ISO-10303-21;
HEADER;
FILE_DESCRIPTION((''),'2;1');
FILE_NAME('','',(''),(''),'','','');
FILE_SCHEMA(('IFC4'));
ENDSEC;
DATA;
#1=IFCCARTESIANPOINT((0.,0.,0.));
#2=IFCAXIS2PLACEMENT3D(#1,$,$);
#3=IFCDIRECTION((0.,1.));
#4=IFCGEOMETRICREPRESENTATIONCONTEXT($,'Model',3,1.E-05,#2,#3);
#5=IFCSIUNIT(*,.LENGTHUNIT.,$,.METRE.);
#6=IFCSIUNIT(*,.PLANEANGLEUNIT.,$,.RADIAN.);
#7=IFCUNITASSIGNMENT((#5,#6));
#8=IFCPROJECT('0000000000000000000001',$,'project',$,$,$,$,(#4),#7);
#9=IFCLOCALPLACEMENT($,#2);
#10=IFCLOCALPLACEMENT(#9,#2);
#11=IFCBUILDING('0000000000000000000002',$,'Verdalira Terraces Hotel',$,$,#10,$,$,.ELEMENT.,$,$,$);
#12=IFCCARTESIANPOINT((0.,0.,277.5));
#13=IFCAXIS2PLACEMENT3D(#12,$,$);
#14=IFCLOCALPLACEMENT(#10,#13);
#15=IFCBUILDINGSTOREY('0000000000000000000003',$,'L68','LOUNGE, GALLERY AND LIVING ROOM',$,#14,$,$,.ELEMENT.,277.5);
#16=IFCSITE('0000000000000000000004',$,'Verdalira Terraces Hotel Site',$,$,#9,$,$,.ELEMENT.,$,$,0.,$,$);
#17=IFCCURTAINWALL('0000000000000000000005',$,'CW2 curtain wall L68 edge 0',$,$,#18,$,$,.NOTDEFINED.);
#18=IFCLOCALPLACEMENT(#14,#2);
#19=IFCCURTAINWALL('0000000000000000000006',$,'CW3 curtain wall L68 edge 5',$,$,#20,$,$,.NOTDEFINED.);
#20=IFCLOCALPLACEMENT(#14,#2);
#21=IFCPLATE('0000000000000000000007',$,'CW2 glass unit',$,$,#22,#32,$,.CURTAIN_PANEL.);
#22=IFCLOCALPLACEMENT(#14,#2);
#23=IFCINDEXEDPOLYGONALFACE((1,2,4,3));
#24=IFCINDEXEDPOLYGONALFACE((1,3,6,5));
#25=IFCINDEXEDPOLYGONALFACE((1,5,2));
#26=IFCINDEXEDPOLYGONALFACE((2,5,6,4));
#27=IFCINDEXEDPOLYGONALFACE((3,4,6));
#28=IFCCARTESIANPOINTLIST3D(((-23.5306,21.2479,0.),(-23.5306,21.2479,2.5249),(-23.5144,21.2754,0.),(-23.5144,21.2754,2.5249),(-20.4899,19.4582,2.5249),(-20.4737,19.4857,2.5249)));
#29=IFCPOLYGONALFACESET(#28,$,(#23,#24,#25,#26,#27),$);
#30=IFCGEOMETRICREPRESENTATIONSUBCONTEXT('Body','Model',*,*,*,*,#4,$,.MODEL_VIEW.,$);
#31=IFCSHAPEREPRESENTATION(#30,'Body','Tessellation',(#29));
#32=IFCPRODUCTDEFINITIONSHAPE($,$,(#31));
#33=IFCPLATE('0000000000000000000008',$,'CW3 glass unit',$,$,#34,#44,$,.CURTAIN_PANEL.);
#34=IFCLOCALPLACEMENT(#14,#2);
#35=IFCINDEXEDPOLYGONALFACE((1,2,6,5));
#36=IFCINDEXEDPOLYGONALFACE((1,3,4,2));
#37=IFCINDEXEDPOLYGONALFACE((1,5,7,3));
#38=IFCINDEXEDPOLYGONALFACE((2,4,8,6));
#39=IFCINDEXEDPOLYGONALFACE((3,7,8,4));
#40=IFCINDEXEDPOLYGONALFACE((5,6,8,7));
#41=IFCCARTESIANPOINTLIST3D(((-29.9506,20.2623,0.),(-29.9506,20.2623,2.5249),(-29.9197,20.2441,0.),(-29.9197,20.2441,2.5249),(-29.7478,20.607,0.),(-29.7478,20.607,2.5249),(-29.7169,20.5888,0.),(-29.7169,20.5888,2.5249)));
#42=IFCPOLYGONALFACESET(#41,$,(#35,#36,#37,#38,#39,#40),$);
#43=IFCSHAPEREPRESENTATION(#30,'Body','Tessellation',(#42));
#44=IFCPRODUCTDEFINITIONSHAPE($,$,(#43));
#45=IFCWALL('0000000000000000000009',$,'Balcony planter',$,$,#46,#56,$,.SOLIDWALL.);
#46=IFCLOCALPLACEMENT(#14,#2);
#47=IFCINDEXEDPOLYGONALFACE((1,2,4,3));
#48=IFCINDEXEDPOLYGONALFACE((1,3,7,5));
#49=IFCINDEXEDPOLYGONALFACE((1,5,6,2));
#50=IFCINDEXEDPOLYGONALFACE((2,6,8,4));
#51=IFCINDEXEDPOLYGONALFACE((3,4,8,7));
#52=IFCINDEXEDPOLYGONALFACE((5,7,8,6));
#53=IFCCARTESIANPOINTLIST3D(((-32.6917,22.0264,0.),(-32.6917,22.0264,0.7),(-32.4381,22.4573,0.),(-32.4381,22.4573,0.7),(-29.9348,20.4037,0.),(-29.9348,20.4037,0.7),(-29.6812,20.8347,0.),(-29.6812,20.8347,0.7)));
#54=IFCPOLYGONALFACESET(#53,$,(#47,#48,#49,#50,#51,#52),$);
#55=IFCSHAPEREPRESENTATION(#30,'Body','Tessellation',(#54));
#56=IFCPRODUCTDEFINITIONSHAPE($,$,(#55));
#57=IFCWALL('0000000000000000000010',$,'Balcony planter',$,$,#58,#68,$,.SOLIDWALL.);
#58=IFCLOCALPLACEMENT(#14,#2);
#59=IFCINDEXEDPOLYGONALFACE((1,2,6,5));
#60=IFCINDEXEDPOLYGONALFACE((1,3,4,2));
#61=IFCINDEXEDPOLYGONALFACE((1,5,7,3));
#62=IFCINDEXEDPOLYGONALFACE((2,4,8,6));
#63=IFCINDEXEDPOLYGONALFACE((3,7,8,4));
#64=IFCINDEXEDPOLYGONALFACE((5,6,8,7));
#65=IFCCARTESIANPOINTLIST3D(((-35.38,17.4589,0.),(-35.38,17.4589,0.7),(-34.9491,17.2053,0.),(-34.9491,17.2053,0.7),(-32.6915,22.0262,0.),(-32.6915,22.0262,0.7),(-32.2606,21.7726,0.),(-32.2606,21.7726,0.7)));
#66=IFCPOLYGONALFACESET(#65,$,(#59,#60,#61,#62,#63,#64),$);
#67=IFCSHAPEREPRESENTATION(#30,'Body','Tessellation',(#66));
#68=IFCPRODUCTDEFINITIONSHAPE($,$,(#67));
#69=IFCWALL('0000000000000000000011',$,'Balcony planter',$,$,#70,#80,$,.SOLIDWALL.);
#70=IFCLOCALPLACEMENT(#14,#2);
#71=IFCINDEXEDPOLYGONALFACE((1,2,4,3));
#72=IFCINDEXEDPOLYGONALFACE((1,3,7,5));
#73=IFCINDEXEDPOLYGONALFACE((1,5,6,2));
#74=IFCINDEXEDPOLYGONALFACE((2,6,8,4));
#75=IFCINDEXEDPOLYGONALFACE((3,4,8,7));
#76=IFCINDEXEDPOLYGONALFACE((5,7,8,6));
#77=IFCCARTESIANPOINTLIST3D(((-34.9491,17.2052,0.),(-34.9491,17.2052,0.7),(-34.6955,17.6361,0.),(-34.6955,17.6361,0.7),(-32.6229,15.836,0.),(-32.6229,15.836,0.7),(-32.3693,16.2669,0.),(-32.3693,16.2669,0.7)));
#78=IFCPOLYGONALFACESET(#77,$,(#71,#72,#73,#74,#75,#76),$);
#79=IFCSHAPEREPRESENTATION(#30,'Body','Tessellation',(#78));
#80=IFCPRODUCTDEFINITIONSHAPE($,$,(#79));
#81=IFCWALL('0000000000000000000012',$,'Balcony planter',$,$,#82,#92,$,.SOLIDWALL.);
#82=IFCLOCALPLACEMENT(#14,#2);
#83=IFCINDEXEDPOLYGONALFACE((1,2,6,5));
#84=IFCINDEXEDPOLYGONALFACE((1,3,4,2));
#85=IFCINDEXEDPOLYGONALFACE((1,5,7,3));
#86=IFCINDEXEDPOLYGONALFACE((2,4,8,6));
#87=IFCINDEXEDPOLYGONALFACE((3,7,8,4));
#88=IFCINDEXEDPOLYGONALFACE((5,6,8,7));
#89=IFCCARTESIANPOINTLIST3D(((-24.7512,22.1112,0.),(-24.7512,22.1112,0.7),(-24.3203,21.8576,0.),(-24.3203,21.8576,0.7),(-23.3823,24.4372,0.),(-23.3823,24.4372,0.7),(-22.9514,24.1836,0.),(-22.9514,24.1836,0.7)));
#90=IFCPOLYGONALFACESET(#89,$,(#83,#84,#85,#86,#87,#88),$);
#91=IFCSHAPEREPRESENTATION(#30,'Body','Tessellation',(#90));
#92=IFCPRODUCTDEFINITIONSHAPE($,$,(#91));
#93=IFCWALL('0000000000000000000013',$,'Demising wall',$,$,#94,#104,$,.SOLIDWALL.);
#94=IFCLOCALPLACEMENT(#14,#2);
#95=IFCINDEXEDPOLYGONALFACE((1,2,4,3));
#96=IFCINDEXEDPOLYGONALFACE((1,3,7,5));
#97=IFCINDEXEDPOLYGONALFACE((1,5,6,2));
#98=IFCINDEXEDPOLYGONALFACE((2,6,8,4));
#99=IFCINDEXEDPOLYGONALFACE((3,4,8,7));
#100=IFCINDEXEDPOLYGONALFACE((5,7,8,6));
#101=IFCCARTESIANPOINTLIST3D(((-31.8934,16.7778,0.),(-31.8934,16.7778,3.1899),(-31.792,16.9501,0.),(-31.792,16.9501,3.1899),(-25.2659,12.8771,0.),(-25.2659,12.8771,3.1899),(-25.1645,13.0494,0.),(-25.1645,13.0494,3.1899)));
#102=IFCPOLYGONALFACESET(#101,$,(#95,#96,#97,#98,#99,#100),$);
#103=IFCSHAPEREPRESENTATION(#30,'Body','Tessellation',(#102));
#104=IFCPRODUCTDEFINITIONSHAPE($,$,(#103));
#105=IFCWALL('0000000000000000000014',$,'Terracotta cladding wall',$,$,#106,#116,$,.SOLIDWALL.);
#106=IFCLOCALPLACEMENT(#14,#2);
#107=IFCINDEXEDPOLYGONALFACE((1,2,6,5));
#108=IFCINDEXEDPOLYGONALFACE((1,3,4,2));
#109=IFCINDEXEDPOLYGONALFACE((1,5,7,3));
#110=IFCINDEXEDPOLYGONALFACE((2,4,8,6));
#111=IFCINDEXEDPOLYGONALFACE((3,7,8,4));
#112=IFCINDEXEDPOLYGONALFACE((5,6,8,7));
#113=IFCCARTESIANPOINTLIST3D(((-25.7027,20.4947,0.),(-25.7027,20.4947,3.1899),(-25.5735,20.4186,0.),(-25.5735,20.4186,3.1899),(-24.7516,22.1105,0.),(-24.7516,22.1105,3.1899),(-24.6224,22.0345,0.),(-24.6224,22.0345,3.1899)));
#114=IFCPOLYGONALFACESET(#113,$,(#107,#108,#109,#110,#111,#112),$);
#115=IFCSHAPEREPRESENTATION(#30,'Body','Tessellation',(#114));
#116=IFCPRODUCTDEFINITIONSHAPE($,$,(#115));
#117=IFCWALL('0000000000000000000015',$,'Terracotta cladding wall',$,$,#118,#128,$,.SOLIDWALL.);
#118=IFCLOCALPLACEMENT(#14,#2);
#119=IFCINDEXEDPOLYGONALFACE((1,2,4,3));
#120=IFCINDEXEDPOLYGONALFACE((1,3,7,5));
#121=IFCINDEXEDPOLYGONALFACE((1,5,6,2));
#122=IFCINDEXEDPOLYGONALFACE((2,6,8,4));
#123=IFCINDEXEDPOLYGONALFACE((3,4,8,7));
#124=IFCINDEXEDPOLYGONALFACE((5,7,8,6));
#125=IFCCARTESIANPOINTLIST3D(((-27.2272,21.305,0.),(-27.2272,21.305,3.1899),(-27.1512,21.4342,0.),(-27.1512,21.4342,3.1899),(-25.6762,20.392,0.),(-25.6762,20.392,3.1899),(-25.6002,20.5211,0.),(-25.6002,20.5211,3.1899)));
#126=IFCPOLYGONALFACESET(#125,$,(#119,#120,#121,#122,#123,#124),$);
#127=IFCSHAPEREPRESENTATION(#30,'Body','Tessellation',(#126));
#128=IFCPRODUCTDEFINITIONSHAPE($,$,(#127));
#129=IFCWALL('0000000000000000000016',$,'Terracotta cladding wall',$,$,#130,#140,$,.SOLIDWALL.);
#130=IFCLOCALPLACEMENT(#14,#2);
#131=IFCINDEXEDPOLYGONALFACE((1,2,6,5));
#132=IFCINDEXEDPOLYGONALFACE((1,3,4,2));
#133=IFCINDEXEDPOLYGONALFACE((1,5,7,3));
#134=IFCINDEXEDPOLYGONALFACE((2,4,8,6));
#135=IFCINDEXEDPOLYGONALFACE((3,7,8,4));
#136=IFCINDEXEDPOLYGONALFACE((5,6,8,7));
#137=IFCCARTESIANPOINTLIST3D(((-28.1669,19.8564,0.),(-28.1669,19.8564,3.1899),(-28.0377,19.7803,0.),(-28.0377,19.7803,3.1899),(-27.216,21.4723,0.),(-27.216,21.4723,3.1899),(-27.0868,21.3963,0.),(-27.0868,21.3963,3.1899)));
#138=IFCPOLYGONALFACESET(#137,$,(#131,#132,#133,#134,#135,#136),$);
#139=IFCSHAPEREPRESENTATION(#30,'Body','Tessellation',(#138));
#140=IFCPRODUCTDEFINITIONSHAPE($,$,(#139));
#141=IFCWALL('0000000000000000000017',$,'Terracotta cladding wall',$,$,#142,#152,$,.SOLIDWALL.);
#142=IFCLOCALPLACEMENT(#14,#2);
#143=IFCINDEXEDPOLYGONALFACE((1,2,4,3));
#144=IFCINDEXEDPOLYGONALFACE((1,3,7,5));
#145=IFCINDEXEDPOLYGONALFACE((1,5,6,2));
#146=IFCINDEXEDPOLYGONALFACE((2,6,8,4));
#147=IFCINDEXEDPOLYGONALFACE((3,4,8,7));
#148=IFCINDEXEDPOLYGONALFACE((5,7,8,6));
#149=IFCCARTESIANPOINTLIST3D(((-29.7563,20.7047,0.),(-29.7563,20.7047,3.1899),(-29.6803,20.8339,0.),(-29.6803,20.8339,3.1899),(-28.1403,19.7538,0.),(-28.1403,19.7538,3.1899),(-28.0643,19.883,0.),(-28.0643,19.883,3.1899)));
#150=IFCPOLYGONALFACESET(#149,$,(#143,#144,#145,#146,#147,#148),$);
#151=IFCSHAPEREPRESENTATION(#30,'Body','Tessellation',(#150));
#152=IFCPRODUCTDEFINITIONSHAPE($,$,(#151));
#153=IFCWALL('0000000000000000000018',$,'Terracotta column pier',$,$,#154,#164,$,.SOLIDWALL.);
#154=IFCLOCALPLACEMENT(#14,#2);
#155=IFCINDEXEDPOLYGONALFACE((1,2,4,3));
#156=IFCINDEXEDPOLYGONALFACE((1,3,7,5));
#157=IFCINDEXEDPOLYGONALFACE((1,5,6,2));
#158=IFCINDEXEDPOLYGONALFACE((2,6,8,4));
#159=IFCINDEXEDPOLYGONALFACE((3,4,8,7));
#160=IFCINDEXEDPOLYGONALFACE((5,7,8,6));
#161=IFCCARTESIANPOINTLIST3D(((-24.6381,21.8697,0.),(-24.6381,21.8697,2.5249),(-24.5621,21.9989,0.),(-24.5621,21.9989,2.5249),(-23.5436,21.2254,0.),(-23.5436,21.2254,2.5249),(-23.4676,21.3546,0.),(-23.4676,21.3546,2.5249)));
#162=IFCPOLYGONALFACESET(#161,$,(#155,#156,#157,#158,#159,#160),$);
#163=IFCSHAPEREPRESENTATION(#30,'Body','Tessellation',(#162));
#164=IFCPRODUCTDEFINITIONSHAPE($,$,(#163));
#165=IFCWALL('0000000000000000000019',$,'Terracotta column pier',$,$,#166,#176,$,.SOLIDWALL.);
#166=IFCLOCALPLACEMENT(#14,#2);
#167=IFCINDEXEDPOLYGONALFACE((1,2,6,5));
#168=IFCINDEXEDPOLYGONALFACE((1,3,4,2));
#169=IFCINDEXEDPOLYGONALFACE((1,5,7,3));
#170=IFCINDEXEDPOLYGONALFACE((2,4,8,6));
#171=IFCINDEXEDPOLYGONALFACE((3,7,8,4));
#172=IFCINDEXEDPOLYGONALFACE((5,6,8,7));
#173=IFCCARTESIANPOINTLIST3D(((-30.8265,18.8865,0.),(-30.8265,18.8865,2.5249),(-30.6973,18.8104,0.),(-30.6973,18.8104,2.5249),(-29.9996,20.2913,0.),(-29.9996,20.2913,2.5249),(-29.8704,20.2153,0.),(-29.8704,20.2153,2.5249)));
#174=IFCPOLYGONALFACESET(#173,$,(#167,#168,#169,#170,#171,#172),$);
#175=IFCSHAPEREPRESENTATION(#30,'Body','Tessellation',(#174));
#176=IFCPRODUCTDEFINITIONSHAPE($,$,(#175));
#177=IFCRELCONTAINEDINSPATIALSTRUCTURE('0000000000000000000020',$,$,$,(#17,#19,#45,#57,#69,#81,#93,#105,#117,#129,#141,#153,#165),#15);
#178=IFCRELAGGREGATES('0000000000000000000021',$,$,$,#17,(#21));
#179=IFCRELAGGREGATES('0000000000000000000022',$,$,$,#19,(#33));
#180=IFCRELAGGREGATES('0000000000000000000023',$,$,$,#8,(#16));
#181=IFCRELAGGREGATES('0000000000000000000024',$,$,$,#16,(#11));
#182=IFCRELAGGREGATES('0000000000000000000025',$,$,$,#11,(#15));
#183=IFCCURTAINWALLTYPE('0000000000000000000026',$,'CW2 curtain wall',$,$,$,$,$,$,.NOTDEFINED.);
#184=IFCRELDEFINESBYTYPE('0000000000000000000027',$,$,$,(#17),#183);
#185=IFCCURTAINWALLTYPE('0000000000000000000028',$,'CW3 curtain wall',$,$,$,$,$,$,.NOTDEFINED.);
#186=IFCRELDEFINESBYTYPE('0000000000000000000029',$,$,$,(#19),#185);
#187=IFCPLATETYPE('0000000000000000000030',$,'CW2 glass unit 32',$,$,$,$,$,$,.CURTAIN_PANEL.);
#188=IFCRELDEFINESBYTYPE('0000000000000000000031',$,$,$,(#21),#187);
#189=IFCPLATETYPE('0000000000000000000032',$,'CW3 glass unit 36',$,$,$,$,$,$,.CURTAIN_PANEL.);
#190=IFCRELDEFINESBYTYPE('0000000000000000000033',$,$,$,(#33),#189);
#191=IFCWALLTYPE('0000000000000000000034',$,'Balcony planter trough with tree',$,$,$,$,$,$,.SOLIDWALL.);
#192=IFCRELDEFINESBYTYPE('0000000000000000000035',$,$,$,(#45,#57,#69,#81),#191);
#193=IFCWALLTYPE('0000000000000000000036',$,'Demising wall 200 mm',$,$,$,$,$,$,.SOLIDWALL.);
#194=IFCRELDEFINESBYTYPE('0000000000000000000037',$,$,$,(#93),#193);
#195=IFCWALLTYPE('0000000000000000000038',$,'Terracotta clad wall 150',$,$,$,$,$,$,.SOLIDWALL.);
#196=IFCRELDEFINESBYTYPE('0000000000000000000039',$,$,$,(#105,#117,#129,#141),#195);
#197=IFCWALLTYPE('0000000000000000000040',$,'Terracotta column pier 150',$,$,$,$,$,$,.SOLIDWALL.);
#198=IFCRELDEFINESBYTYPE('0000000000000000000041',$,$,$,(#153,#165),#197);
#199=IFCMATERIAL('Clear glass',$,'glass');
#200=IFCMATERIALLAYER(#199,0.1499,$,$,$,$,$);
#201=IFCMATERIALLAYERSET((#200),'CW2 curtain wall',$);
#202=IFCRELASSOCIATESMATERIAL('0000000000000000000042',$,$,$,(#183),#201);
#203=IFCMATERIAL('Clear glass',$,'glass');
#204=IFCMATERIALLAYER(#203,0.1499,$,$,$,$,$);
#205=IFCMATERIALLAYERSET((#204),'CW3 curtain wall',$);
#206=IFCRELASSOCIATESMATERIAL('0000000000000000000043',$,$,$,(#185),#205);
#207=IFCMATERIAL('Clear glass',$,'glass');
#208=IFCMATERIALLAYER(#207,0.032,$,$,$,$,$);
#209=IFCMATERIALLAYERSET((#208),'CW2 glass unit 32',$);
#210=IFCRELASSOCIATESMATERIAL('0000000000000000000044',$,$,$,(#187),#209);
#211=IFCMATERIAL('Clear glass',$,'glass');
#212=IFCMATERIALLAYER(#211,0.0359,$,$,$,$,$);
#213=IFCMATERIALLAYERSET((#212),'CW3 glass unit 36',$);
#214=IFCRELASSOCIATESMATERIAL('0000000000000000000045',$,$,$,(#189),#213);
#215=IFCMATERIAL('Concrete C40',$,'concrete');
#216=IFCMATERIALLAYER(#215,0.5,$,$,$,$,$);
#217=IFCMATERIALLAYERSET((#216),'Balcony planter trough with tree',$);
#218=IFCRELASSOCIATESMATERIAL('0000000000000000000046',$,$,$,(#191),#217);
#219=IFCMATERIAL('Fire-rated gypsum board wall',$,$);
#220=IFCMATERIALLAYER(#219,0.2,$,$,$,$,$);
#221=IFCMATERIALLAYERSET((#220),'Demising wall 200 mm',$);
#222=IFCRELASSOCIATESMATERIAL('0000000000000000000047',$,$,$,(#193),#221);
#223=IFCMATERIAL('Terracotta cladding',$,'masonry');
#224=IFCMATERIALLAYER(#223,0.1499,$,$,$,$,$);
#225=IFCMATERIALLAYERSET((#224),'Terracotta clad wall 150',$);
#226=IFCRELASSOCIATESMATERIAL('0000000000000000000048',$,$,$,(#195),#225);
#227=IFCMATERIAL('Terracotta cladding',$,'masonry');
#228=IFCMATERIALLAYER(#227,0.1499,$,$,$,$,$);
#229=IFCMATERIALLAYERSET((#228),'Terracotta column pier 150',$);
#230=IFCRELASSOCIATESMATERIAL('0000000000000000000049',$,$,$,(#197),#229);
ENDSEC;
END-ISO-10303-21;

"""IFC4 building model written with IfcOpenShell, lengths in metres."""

from ifc_helpers import new_model, si_unit, direction, frame, frame_2d, origin, origin_2d, place, context, subcontext, project, spatial, polyline, rectangle, outline, extrude, material, layer, layer_set, type_object, element, aggregate, save


model = new_model("IFC4")

# Units and contexts
model_context = context("Model", 3, precision=1e-05, world=origin(), true_north=direction((0.0, 1.0)))
body_context = subcontext(model_context, "Body", "Model", "MODEL_VIEW")
ifc_project = project(units=[si_unit("LENGTHUNIT", "METRE"), si_unit("PLANEANGLEUNIT", "RADIAN")], contexts=[model_context])

# Site, building, storey
site_placement = place(None, origin())
site = spatial("IfcSite", under=ifc_project, at=site_placement, Name="Verdalira Terraces Hotel Site", CompositionType="ELEMENT", RefElevation=0.0)
building_placement = place(site_placement, origin())
building = spatial("IfcBuilding", under=site, at=building_placement, Name="Verdalira Terraces Hotel", CompositionType="ELEMENT")
storey_placement = place(building_placement, frame((0.0, 0.0, 277.5)))
storey = spatial("IfcBuildingStorey", under=building, at=storey_placement, Name="L68", Description="LOUNGE, GALLERY AND LIVING ROOM", CompositionType="ELEMENT", Elevation=277.5)

# Curtain wall
ifc_material_1 = material(Name="Clear glass", Category="glass")
ifc_layer_1 = layer(ifc_material_1, 0.1499)
ifc_layer_set_1 = layer_set([ifc_layer_1], Name="CW2 curtain wall")
curtain_wall_type_1 = type_object("IfcCurtainWallType", Name="CW2 curtain wall", PredefinedType="NOTDEFINED", material=ifc_layer_set_1)
curtain_wall_1_placement = place(storey_placement, origin())
curtain_wall_1 = element("IfcCurtainWall", 1, at=curtain_wall_1_placement, inside=storey, type_object=curtain_wall_type_1, Name="CW2 curtain wall L68 edge 0", PredefinedType="NOTDEFINED")

# Curtain wall
ifc_material_2 = material(Name="Clear glass", Category="glass")
ifc_layer_2 = layer(ifc_material_2, 0.1499)
ifc_layer_set_2 = layer_set([ifc_layer_2], Name="CW3 curtain wall")
curtain_wall_type_2 = type_object("IfcCurtainWallType", Name="CW3 curtain wall", PredefinedType="NOTDEFINED", material=ifc_layer_set_2)
curtain_wall_2_placement = place(storey_placement, origin())
curtain_wall_2 = element("IfcCurtainWall", 2, at=curtain_wall_2_placement, inside=storey, type_object=curtain_wall_type_2, Name="CW3 curtain wall L68 edge 5", PredefinedType="NOTDEFINED")

# Plates
ifc_material_3 = material(Name="Clear glass", Category="glass")
ifc_layer_3 = layer(ifc_material_3, 0.032)
ifc_layer_set_3 = layer_set([ifc_layer_3], Name="CW2 glass unit 32")
plate_type_1 = type_object("IfcPlateType", Name="CW2 glass unit 32", PredefinedType="CURTAIN_PANEL", material=ifc_layer_set_3)
plate_1_placement = place(storey_placement, frame((-22.0103, 20.353, 1.2625), z_axis=(0.507238, 0.861806, 0.0), x_axis=(-0.861806, 0.507238, 0.0)))
plate_1 = element("IfcPlate", 3, at=plate_1_placement, type_object=plate_type_1, Name="CW2 glass unit", PredefinedType="CURTAIN_PANEL", context=body_context, shape_type="SweptSolid", body=[
    extrude(outline(polyline([(1.7642, -1.2625), (1.7642, 1.2625), (-1.7642, 1.2625), (1.7642, -1.2625)])), origin(), (0.0, 0.0, 1.0), 0.032),
])
aggregate(curtain_wall_1, [plate_1])
ifc_material_4 = material(Name="Clear glass", Category="glass")
ifc_layer_4 = layer(ifc_material_4, 0.0359)
ifc_layer_set_4 = layer_set([ifc_layer_4], Name="CW3 glass unit 36")
plate_type_2 = type_object("IfcPlateType", Name="CW3 glass unit 36", PredefinedType="CURTAIN_PANEL", material=ifc_layer_set_4)
plate_2_placement = place(storey_placement, frame((-29.8337, 20.4255, 0.0), z_axis=(0.0, 0.0, 1.0), x_axis=(-0.507238, -0.861806, 0.0)))
plate_2 = element("IfcPlate", 4, at=plate_2_placement, type_object=plate_type_2, Name="CW3 glass unit", PredefinedType="CURTAIN_PANEL", context=body_context, shape_type="SweptSolid", body=[
    extrude(rectangle(XDim=0.3999, YDim=0.0359, at=origin_2d()), origin(), (0.0, 0.0, 1.0), 2.5249),
])
aggregate(curtain_wall_2, [plate_2])

# Walls
ifc_material_5 = material(Name="Concrete C40", Category="concrete")
ifc_layer_5 = layer(ifc_material_5, 0.5)
ifc_layer_set_5 = layer_set([ifc_layer_5], Name="Balcony planter trough with tree")
wall_type_1 = type_object("IfcWallType", Name="Balcony planter trough with tree", PredefinedType="SOLIDWALL", material=ifc_layer_set_5)
wall_1_placement = place(storey_placement, frame((-29.8079, 20.6191, 0.0), z_axis=(0.0, 0.0, 1.0), x_axis=(-0.861813, 0.507227, 0.0)))
element("IfcWall", 5, at=wall_1_placement, inside=storey, type_object=wall_type_1, Name="Balcony planter", PredefinedType="SOLIDWALL", context=body_context, shape_type="SweptSolid", body=[
    extrude(rectangle(XDim=3.199, YDim=0.5, at=frame_2d((1.5996, 0.0))), origin(), (0.0, 0.0, 1.0), 0.7),
])
wall_2_placement = place(storey_placement, frame((-32.4761, 21.8994, 0.0), z_axis=(0.0, 0.0, 1.0), x_axis=(-0.50727, -0.861787, 0.0)))
element("IfcWall", 6, at=wall_2_placement, inside=storey, type_object=wall_type_1, Name="Balcony planter", PredefinedType="SOLIDWALL", context=body_context, shape_type="SweptSolid", body=[
    extrude(rectangle(XDim=5.2998, YDim=0.5, at=frame_2d((2.6499, 0.0))), origin(), (0.0, 0.0, 1.0), 0.7),
])
wall_3_placement = place(storey_placement, frame((-34.8223, 17.4207, 0.0), z_axis=(0.0, 0.0, 1.0), x_axis=(0.861804, -0.507241, 0.0)))
element("IfcWall", 7, at=wall_3_placement, inside=storey, type_object=wall_type_1, Name="Balcony planter", PredefinedType="SOLIDWALL", context=body_context, shape_type="SweptSolid", body=[
    extrude(rectangle(XDim=2.6992, YDim=0.5, at=frame_2d((1.3496, 0.0))), origin(), (0.0, 0.0, 1.0), 0.7),
])
wall_4_placement = place(storey_placement, frame((-23.1667, 24.3105, 0.0), z_axis=(0.0, 0.0, 1.0), x_axis=(-0.507214, -0.86182, 0.0)))
element("IfcWall", 8, at=wall_4_placement, inside=storey, type_object=wall_type_1, Name="Balcony planter", PredefinedType="SOLIDWALL", context=body_context, shape_type="SweptSolid", body=[
    extrude(rectangle(XDim=2.699, YDim=0.5, at=frame_2d((1.3496, 0.0))), origin(), (0.0, 0.0, 1.0), 0.7),
])
ifc_material_6 = material(Name="Fire-rated gypsum board wall")
ifc_layer_6 = layer(ifc_material_6, 0.2)
ifc_layer_set_6 = layer_set([ifc_layer_6], Name="Demising wall 200 mm")
wall_type_2 = type_object("IfcWallType", Name="Demising wall 200 mm", PredefinedType="SOLIDWALL", material=ifc_layer_set_6)
wall_5_placement = place(storey_placement, frame((-31.8428, 16.864, 0.0), z_axis=(0.0, 0.0, 1.0), x_axis=(0.861813, -0.507227, 0.0)))
element("IfcWall", 9, at=wall_5_placement, inside=storey, type_object=wall_type_2, Name="Demising wall", PredefinedType="SOLIDWALL", context=body_context, shape_type="SweptSolid", body=[
    extrude(rectangle(XDim=7.6902, YDim=0.2, at=frame_2d((3.8452, 0.0))), origin(), (0.0, 0.0, 1.0), 3.1899),
])
ifc_material_7 = material(Name="Terracotta cladding", Category="masonry")
ifc_layer_7 = layer(ifc_material_7, 0.1499)
ifc_layer_set_7 = layer_set([ifc_layer_7], Name="Terracotta clad wall 150")
wall_type_3 = type_object("IfcWallType", Name="Terracotta clad wall 150", PredefinedType="SOLIDWALL", material=ifc_layer_set_7)
wall_6_placement = place(storey_placement, frame((-24.687, 22.0725, 0.0), z_axis=(0.0, 0.0, 1.0), x_axis=(-0.507259, -0.861794, 0.0)))
element("IfcWall", 10, at=wall_6_placement, inside=storey, type_object=wall_type_3, Name="Terracotta cladding wall", PredefinedType="SOLIDWALL", context=body_context, shape_type="SweptSolid", body=[
    extrude(rectangle(XDim=1.875, YDim=0.1499, at=frame_2d((0.9375, 0.0))), origin(), (0.0, 0.0, 1.0), 3.1899),
])
wall_7_placement = place(storey_placement, frame((-25.6382, 20.4565, 0.0), z_axis=(0.0, 0.0, 1.0), x_axis=(-0.86176, 0.507316, 0.0)))
element("IfcWall", 11, at=wall_7_placement, inside=storey, type_object=wall_type_3, Name="Terracotta cladding wall", PredefinedType="SOLIDWALL", context=body_context, shape_type="SweptSolid", body=[
    extrude(rectangle(XDim=1.7998, YDim=0.1499, at=frame_2d((0.8999, 0.0))), origin(), (0.0, 0.0, 1.0), 3.1899),
])
for number, where, z_axis, x_axis, name in (
    (12, (-27.1514, 21.4343, 0.0), (0.0, 0.0, 1.0), (-0.507162, -0.861851, 0.0), "Terracotta cladding wall"),
    (13, (-28.1023, 19.8184, 0.0), (0.0, 0.0, 1.0), (-0.861851, 0.507162, 0.0), "Terracotta cladding wall"),
):
    element("IfcWall", number, at=place(storey_placement, frame(where, z_axis=z_axis, x_axis=x_axis)), inside=storey, type_object=wall_type_3, Name=name, PredefinedType="SOLIDWALL", context=body_context, shape_type="SweptSolid", body=[
        extrude(rectangle(XDim=1.875, YDim=0.1499, at=frame_2d((0.9375, 0.0))), origin(), (0.0, 0.0, 1.0), 3.1899),
    ])
ifc_material_8 = material(Name="Terracotta cladding", Category="masonry")
ifc_layer_8 = layer(ifc_material_8, 0.1499)
ifc_layer_set_8 = layer_set([ifc_layer_8], Name="Terracotta column pier 150")
wall_type_4 = type_object("IfcWallType", Name="Terracotta column pier 150", PredefinedType="SOLIDWALL", material=ifc_layer_set_8)
wall_8_placement = place(storey_placement, frame((-23.5056, 21.29, 0.0), z_axis=(0.0, 0.0, 1.0), x_axis=(-0.861771, 0.507297, 0.0)))
element("IfcWall", 14, at=wall_8_placement, inside=storey, type_object=wall_type_4, Name="Terracotta column pier", PredefinedType="SOLIDWALL", context=body_context, shape_type="SweptSolid", body=[
    extrude(rectangle(XDim=1.27, YDim=0.1499, at=frame_2d((0.635, 0.0))), origin(), (0.0, 0.0, 1.0), 2.5249),
])
wall_9_placement = place(storey_placement, frame((-29.9351, 20.2532, 0.0), z_axis=(0.0, 0.0, 1.0), x_axis=(-0.507275, -0.861784, 0.0)))
element("IfcWall", 15, at=wall_9_placement, inside=storey, type_object=wall_type_4, Name="Terracotta column pier", PredefinedType="SOLIDWALL", context=body_context, shape_type="SweptSolid", body=[
    extrude(rectangle(XDim=1.6301, YDim=0.1499, at=frame_2d((0.8149, 0.0))), origin(), (0.0, 0.0, 1.0), 2.5249),
])

save(model, "model.ifc")
